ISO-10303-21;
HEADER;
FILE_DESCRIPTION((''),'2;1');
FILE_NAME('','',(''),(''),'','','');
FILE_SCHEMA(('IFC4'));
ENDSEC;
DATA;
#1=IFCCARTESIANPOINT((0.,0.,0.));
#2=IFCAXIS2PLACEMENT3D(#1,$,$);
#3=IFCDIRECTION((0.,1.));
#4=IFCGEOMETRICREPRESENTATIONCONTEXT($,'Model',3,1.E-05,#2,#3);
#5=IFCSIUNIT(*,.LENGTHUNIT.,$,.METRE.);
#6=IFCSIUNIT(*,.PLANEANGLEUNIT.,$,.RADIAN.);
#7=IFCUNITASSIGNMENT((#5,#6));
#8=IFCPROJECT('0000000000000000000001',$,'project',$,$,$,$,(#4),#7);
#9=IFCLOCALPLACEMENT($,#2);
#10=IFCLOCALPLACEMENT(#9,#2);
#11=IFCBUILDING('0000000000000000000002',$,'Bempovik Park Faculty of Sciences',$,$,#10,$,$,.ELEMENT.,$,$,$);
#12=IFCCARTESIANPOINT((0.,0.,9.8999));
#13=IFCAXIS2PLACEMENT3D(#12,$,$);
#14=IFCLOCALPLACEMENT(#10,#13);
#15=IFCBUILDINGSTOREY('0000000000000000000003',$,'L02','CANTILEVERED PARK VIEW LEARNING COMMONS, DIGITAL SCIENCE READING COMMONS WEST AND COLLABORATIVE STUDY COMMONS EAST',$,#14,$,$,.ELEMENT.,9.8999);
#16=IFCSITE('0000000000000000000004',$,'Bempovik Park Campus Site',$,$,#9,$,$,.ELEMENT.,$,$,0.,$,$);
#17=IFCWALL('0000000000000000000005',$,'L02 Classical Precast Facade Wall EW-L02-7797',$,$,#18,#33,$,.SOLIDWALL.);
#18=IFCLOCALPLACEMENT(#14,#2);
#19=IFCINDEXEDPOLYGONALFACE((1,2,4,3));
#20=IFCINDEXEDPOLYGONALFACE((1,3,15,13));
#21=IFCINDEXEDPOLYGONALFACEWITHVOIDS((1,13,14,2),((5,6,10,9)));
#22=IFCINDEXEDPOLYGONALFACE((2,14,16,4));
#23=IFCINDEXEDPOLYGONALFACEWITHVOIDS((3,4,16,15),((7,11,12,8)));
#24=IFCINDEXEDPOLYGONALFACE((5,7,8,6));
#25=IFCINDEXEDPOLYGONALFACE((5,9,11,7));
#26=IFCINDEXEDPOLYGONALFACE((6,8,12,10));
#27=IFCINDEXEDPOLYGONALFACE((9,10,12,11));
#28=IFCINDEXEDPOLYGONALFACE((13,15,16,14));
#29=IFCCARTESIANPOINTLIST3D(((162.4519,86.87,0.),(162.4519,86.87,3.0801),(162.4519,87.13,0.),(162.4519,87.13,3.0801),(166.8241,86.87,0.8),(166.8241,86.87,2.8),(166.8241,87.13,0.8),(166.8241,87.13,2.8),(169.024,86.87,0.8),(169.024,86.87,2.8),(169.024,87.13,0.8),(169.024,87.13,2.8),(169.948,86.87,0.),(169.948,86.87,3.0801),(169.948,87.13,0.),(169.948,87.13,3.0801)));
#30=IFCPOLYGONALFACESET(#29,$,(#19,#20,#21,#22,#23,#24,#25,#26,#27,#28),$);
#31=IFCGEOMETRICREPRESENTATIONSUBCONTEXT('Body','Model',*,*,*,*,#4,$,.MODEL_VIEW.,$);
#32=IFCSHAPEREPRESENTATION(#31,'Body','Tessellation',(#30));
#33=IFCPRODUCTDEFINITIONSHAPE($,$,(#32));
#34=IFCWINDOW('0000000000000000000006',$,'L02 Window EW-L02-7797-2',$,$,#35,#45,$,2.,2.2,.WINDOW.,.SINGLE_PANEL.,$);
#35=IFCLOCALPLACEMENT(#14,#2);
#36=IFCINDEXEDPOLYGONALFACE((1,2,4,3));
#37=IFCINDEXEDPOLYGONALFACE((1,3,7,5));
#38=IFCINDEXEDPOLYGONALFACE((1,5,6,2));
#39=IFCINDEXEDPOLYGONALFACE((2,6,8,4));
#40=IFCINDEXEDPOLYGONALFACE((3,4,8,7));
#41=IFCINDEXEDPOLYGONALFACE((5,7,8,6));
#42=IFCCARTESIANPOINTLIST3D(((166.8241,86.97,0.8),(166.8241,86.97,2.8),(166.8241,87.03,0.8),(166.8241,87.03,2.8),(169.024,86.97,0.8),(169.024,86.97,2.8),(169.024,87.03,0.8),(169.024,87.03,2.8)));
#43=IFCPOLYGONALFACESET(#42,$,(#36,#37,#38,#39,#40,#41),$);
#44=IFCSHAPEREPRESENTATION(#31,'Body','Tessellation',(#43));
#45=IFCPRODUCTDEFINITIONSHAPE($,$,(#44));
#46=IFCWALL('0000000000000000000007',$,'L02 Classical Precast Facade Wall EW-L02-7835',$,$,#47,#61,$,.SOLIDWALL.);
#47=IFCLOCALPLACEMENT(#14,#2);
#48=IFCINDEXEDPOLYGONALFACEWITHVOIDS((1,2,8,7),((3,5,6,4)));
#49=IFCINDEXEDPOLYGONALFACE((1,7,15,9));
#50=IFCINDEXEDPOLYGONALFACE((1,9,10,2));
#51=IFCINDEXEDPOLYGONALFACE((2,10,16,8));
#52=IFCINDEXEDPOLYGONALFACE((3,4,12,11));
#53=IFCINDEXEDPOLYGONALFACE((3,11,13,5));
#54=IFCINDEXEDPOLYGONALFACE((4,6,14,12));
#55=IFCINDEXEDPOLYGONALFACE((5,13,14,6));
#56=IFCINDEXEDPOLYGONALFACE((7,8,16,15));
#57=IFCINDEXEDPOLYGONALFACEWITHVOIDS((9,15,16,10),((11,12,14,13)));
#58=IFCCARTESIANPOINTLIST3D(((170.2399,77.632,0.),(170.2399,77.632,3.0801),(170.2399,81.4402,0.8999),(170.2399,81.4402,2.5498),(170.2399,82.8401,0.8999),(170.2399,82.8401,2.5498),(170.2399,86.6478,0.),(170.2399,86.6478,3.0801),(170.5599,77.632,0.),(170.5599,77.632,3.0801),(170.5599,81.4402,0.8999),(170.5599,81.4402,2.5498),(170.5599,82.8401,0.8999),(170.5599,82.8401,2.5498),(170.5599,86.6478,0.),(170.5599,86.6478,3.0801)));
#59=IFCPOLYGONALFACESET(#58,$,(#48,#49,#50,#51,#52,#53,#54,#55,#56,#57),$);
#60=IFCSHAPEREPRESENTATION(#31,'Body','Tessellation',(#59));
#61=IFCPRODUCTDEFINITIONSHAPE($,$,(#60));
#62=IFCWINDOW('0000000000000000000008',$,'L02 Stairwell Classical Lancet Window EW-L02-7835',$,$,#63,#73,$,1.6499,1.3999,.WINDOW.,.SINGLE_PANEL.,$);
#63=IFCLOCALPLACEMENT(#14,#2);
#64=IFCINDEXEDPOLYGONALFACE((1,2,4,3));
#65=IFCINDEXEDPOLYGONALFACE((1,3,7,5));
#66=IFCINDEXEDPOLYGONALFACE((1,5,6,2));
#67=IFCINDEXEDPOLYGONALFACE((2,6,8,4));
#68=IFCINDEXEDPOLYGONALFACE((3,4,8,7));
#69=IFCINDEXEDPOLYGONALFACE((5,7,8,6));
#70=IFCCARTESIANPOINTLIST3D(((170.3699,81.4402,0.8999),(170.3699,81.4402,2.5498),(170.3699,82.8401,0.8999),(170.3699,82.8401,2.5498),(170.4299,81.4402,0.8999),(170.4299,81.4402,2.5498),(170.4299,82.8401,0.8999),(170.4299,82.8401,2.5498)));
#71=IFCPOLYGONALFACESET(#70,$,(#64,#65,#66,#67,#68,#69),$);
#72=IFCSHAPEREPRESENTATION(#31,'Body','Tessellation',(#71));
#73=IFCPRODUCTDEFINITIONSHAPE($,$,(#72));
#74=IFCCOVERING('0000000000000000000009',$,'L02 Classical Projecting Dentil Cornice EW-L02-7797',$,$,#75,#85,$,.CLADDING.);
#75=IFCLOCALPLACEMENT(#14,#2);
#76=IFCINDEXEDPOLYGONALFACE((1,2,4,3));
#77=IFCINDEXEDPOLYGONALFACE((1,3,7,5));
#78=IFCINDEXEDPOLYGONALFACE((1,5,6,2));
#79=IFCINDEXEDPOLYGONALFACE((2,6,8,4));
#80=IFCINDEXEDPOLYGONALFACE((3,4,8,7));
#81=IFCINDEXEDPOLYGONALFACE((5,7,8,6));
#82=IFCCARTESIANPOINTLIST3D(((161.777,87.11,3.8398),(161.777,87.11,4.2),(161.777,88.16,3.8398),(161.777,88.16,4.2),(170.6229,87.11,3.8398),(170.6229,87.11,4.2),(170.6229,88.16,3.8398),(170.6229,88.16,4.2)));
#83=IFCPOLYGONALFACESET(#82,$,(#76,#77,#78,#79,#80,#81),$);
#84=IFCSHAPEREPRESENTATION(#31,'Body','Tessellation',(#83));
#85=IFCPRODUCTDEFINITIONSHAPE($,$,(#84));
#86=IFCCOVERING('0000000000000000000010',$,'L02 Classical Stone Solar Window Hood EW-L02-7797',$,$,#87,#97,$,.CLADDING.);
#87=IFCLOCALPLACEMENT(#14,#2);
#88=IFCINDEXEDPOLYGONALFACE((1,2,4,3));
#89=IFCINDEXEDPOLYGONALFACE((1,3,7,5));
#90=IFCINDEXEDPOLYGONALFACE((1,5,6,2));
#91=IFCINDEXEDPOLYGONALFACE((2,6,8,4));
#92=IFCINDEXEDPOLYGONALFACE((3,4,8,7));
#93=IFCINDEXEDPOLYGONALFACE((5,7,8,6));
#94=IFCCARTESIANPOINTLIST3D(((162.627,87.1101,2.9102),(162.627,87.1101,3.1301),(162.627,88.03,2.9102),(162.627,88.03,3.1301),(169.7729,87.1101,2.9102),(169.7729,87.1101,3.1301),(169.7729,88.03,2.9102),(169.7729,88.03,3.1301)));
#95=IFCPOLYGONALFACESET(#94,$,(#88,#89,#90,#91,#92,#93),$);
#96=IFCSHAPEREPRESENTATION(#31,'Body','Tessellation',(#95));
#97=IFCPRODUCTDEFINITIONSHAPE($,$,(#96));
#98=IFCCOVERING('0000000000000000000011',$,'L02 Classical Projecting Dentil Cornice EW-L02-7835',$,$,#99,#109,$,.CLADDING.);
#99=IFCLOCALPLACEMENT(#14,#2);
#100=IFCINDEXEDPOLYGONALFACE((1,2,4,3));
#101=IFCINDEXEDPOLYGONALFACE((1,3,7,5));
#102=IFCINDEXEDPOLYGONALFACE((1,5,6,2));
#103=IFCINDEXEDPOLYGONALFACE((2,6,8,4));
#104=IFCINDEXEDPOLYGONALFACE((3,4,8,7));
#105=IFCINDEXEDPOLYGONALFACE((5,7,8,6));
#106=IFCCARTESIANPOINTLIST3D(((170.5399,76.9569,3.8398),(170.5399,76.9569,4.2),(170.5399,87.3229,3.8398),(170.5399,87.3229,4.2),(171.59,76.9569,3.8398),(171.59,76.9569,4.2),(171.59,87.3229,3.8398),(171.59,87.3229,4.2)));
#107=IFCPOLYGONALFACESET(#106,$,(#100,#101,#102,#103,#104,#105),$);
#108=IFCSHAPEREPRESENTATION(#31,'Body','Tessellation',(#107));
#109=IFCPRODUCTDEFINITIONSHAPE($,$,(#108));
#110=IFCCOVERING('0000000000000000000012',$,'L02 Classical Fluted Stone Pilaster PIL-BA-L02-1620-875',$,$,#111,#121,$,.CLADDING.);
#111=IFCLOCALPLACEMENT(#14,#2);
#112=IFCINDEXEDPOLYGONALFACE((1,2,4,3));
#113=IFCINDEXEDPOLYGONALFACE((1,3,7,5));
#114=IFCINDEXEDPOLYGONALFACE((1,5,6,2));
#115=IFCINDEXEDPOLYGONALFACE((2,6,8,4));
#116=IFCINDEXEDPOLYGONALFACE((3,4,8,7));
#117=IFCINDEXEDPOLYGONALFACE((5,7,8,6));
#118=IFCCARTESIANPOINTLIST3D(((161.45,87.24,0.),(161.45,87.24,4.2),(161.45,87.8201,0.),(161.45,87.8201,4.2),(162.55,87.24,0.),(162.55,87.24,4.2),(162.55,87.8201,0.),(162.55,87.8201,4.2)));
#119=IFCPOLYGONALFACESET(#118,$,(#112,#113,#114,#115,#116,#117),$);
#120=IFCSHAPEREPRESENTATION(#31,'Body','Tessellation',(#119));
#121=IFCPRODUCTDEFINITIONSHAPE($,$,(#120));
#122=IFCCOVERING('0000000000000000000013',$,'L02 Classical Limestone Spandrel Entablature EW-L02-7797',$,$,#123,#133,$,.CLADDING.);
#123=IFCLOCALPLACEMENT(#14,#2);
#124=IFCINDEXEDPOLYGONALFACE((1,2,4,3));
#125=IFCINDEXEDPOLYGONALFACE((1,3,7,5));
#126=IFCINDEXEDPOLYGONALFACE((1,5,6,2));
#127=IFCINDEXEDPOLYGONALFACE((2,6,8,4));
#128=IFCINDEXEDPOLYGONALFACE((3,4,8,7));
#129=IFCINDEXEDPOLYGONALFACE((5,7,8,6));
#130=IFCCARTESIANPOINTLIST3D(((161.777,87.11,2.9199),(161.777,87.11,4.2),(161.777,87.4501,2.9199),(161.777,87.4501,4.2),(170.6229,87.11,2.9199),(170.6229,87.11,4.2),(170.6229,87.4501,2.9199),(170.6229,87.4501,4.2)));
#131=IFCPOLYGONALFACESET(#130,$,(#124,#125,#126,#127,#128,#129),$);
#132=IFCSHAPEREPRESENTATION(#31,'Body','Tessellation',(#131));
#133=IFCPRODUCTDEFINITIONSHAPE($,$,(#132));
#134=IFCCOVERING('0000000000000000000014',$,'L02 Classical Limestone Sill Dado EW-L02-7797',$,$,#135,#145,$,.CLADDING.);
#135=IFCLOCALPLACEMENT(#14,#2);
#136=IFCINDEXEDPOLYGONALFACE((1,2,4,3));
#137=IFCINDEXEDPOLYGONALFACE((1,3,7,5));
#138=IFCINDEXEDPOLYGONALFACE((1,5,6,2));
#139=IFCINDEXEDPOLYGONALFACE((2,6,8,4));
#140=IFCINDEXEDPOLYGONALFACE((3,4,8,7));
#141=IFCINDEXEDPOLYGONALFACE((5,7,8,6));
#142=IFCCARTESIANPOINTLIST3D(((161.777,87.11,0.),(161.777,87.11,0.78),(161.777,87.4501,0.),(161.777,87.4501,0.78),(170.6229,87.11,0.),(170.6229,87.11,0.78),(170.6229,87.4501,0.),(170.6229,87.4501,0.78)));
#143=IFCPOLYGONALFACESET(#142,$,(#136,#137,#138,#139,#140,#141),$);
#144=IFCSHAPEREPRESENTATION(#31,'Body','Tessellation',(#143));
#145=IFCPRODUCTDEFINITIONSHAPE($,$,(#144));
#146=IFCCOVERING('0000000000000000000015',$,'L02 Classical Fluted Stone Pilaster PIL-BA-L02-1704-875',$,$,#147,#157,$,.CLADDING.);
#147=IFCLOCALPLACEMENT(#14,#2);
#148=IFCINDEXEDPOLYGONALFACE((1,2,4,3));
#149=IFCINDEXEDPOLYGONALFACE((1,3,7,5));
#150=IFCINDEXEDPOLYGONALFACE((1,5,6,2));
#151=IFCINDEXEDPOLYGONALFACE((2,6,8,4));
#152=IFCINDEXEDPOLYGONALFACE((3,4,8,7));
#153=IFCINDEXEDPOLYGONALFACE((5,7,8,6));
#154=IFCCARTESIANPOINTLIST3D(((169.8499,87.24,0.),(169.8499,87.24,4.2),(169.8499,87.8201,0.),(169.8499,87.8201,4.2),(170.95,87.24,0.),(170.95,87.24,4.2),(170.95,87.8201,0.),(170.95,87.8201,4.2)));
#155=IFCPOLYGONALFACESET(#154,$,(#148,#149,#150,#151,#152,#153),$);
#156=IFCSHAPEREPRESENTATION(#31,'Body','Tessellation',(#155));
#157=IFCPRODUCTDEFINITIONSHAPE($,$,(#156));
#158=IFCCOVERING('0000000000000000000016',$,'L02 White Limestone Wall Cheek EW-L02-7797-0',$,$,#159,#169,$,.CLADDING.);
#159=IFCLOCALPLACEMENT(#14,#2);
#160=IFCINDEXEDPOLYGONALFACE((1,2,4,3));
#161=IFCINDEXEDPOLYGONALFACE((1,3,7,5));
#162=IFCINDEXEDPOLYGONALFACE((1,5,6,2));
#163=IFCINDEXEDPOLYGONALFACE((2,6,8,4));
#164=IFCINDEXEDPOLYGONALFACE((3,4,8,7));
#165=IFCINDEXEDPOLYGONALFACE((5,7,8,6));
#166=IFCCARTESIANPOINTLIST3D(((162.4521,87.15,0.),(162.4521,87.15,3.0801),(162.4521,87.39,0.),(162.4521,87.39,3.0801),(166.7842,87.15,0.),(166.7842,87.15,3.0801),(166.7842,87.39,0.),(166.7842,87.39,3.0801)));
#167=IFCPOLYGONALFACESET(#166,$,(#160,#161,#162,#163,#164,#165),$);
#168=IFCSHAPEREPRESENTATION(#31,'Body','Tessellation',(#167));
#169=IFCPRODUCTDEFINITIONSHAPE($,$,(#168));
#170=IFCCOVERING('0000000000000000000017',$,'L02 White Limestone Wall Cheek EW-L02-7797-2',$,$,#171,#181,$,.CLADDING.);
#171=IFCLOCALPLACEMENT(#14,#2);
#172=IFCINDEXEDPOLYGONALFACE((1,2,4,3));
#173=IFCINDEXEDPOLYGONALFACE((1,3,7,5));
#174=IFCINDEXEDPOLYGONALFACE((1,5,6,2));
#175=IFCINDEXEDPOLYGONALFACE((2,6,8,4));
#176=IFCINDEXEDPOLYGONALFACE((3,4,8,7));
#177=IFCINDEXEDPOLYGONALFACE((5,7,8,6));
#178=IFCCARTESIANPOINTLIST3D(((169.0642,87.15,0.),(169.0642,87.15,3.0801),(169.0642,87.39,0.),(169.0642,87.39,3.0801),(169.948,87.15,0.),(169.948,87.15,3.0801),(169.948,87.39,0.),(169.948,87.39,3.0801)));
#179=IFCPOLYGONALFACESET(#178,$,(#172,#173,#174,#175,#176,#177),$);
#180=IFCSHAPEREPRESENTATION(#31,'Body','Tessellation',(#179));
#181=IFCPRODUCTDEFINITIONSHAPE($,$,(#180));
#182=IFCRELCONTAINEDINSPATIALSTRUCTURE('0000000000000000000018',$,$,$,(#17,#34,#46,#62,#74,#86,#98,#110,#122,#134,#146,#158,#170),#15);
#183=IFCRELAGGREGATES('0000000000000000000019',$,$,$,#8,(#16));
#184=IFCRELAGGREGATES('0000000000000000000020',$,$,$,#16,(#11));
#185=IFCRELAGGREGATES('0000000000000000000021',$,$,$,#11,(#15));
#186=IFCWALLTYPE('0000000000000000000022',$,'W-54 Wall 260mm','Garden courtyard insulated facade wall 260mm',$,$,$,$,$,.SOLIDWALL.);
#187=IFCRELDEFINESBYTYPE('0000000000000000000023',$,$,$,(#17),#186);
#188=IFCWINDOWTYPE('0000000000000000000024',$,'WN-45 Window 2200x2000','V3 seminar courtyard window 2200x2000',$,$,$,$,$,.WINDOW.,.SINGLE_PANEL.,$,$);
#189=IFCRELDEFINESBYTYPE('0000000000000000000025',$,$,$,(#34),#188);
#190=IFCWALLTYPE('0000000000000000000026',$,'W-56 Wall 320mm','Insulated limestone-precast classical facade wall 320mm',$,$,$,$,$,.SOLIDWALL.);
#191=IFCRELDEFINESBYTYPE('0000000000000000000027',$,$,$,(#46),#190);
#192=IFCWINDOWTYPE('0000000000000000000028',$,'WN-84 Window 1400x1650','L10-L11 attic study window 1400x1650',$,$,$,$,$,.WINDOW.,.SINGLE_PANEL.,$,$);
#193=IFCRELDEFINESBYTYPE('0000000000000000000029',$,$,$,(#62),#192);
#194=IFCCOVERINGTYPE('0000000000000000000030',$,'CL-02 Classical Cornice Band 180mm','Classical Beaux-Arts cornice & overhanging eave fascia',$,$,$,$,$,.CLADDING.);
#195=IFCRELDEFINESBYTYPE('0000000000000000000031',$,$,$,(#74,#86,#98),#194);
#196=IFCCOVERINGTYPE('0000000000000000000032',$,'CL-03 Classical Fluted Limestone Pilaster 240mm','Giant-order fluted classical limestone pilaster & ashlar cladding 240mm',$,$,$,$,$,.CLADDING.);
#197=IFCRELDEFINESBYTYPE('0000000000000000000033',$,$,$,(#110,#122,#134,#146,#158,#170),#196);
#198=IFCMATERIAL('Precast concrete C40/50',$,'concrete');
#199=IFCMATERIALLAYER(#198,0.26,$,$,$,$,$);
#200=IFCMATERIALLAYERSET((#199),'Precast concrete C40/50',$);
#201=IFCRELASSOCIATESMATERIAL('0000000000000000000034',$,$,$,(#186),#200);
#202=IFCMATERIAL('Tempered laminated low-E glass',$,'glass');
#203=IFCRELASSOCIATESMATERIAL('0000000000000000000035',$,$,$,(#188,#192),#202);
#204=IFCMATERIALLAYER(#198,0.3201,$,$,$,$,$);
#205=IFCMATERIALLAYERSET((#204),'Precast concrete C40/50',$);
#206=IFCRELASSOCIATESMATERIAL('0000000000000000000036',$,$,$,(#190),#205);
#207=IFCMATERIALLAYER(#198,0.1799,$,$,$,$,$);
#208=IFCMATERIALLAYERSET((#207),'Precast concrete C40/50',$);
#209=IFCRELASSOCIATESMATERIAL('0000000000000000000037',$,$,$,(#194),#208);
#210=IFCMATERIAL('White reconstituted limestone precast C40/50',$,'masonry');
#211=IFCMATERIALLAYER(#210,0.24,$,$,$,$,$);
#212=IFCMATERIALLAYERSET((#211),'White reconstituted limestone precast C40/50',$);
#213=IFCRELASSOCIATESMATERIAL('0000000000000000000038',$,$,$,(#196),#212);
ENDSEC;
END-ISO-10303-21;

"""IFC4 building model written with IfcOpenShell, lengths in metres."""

from ifc_helpers import new_model, si_unit, direction, frame, frame_2d, origin, origin_2d, place, context, subcontext, project, spatial, rectangle, extrude, material, layer, layer_set, type_object, element, fill, save


model = new_model("IFC4")

# Units and contexts
model_context = context("Model", 3, precision=1e-05, world=origin(), true_north=direction((0.0, 1.0)))
body_context = subcontext(model_context, "Body", "Model", "MODEL_VIEW")
ifc_project = project(units=[si_unit("LENGTHUNIT", "METRE"), si_unit("PLANEANGLEUNIT", "RADIAN")], contexts=[model_context])

# Site, building, storey
site_placement = place(None, origin())
site = spatial("IfcSite", under=ifc_project, at=site_placement, Name="Bempovik Park Campus Site", CompositionType="ELEMENT", RefElevation=0.0)
building_placement = place(site_placement, origin())
building = spatial("IfcBuilding", under=site, at=building_placement, Name="Bempovik Park Faculty of Sciences", CompositionType="ELEMENT")
storey_placement = place(building_placement, frame((0.0, 0.0, 9.8999)))
storey = spatial("IfcBuildingStorey", under=building, at=storey_placement, Name="L02", Description="CANTILEVERED PARK VIEW LEARNING COMMONS, DIGITAL SCIENCE READING COMMONS WEST AND COLLABORATIVE STUDY COMMONS EAST", CompositionType="ELEMENT", Elevation=9.8999)

# Walls, openings, windows
ifc_material_1 = material(Name="Precast concrete C40/50", Category="concrete")
ifc_layer_1 = layer(ifc_material_1, 0.26)
ifc_layer_set_1 = layer_set([ifc_layer_1], Name="Precast concrete C40/50")
wall_type_1 = type_object("IfcWallType", Name="W-54 Wall 260mm", Description="Garden courtyard insulated facade wall 260mm", PredefinedType="SOLIDWALL", material=ifc_layer_set_1)
wall_1_placement = place(storey_placement, frame((162.4519, 87.0, 0.0), z_axis=(0.0, 0.0, 1.0), x_axis=(1.0, 0.0, 0.0)))
wall_1 = element("IfcWall", 1, at=wall_1_placement, inside=storey, type_object=wall_type_1, Name="L02 Classical Precast Facade Wall EW-L02-7797", PredefinedType="SOLIDWALL", context=body_context, shape_type="SweptSolid", body=[
    extrude(rectangle(XDim=7.4961, YDim=0.26, at=frame_2d((3.748, 0.0))), origin(), (0.0, 0.0, 1.0), 3.0801),
])
opening_1_placement = place(wall_1_placement, frame((4.3721, 0.0, 0.8)))
opening_1 = element("IfcOpeningElement", 2, at=opening_1_placement, cuts=wall_1, PredefinedType="OPENING", context=body_context, shape_type="SweptSolid", body=[
    extrude(rectangle(XDim=2.2, YDim=2.0, at=frame_2d((1.1001, 1.0))), frame((0.0, 0.1401, 0.0), z_axis=(0.0, -1.0, 0.0), x_axis=(1.0, 0.0, 0.0)), (0.0, 0.0, 1.0), 0.28),
])
ifc_material_2 = material(Name="Tempered laminated low-E glass", Category="glass")
window_type_1 = type_object("IfcWindowType", Name="WN-45 Window 2200x2000", Description="V3 seminar courtyard window 2200x2000", PartitioningType="SINGLE_PANEL", PredefinedType="WINDOW", material=ifc_material_2)
window_1_placement = place(opening_1_placement, origin())
window_1 = element("IfcWindow", 3, at=window_1_placement, inside=storey, type_object=window_type_1, Name="L02 Window EW-L02-7797-2", OverallHeight=2.0, OverallWidth=2.2, PartitioningType="SINGLE_PANEL", PredefinedType="WINDOW", context=body_context, shape_type="SweptSolid", body=[
    extrude(rectangle(XDim=2.2, YDim=2.0, at=frame_2d((1.1001, 1.0))), frame((0.0, 0.03, 0.0), z_axis=(0.0, -1.0, 0.0), x_axis=(1.0, 0.0, 0.0)), (0.0, 0.0, 1.0), 0.0601),
])
fill(opening_1, window_1)
ifc_layer_2 = layer(ifc_material_1, 0.3201)
ifc_layer_set_2 = layer_set([ifc_layer_2], Name="Precast concrete C40/50")
wall_type_2 = type_object("IfcWallType", Name="W-56 Wall 320mm", Description="Insulated limestone-precast classical facade wall 320mm", PredefinedType="SOLIDWALL", material=ifc_layer_set_2)
wall_2_placement = place(storey_placement, frame((170.3999, 77.6321, 0.0), z_axis=(0.0, 0.0, 1.0), x_axis=(0.0, 1.0, 0.0)))
wall_2 = element("IfcWall", 4, at=wall_2_placement, inside=storey, type_object=wall_type_2, Name="L02 Classical Precast Facade Wall EW-L02-7835", PredefinedType="SOLIDWALL", context=body_context, shape_type="SweptSolid", body=[
    extrude(rectangle(XDim=9.0159, YDim=0.3201, at=frame_2d((4.5078, 0.0))), origin(), (0.0, 0.0, 1.0), 3.0801),
])
opening_2_placement = place(wall_2_placement, frame((3.8081, 0.0, 0.8999)))
opening_2 = element("IfcOpeningElement", 5, at=opening_2_placement, cuts=wall_2, PredefinedType="OPENING", context=body_context, shape_type="SweptSolid", body=[
    extrude(rectangle(XDim=1.3999, YDim=1.6499, at=frame_2d((0.7, 0.825))), frame((0.0, 0.1699, 0.0), z_axis=(0.0, -1.0, 0.0), x_axis=(1.0, 0.0, 0.0)), (0.0, 0.0, 1.0), 0.3401),
])
window_type_2 = type_object("IfcWindowType", Name="WN-84 Window 1400x1650", Description="L10-L11 attic study window 1400x1650", PartitioningType="SINGLE_PANEL", PredefinedType="WINDOW", material=ifc_material_2)
window_2_placement = place(opening_2_placement, origin())
window_2 = element("IfcWindow", 6, at=window_2_placement, inside=storey, type_object=window_type_2, Name="L02 Stairwell Classical Lancet Window EW-L02-7835", OverallHeight=1.6499, OverallWidth=1.3999, PartitioningType="SINGLE_PANEL", PredefinedType="WINDOW", context=body_context, shape_type="SweptSolid", body=[
    extrude(rectangle(XDim=1.3999, YDim=1.6499, at=frame_2d((0.7, 0.825))), frame((0.0, 0.03, 0.0), z_axis=(0.0, -1.0, 0.0), x_axis=(1.0, 0.0, 0.0)), (0.0, 0.0, 1.0), 0.0601),
])
fill(opening_2, window_2)

# Coverings
ifc_layer_3 = layer(ifc_material_1, 0.1799)
ifc_layer_set_3 = layer_set([ifc_layer_3], Name="Precast concrete C40/50")
covering_type_1 = type_object("IfcCoveringType", Name="CL-02 Classical Cornice Band 180mm", Description="Classical Beaux-Arts cornice & overhanging eave fascia", PredefinedType="CLADDING", material=ifc_layer_set_3)
covering_1_placement = place(storey_placement, frame((166.2, 87.635, 3.8398), z_axis=(0.0, 0.0, 1.0), x_axis=(1.0, 0.0, 0.0)))
element("IfcCovering", 7, at=covering_1_placement, inside=storey, type_object=covering_type_1, Name="L02 Classical Projecting Dentil Cornice EW-L02-7797", PredefinedType="CLADDING", context=body_context, shape_type="SweptSolid", body=[
    extrude(rectangle(XDim=8.8459, YDim=1.05, at=origin_2d()), origin(), (0.0, 0.0, 1.0), 0.3601),
])
covering_2_placement = place(storey_placement, frame((166.2, 87.5701, 2.9102), z_axis=(0.0, 0.0, 1.0), x_axis=(1.0, 0.0, 0.0)))
element("IfcCovering", 8, at=covering_2_placement, inside=storey, type_object=covering_type_1, Name="L02 Classical Stone Solar Window Hood EW-L02-7797", PredefinedType="CLADDING", context=body_context, shape_type="SweptSolid", body=[
    extrude(rectangle(XDim=7.146, YDim=0.9199, at=origin_2d()), origin(), (0.0, 0.0, 1.0), 0.22),
])
covering_3_placement = place(storey_placement, frame((171.0649, 82.1399, 3.8398), z_axis=(0.0, 0.0, 1.0), x_axis=(1.0, 0.0, 0.0)))
element("IfcCovering", 9, at=covering_3_placement, inside=storey, type_object=covering_type_1, Name="L02 Classical Projecting Dentil Cornice EW-L02-7835", PredefinedType="CLADDING", context=body_context, shape_type="SweptSolid", body=[
    extrude(rectangle(XDim=1.05, YDim=10.366, at=origin_2d()), origin(), (0.0, 0.0, 1.0), 0.3601),
])
ifc_material_3 = material(Name="White reconstituted limestone precast C40/50", Category="masonry")
ifc_layer_4 = layer(ifc_material_3, 0.24)
ifc_layer_set_4 = layer_set([ifc_layer_4], Name="White reconstituted limestone precast C40/50")
covering_type_2 = type_object("IfcCoveringType", Name="CL-03 Classical Fluted Limestone Pilaster 240mm", Description="Giant-order fluted classical limestone pilaster & ashlar cladding 240mm", PredefinedType="CLADDING", material=ifc_layer_set_4)
covering_4_placement = place(storey_placement, frame((162.0, 87.53, 0.0), z_axis=(0.0, 0.0, 1.0), x_axis=(1.0, 0.0, 0.0)))
element("IfcCovering", 10, at=covering_4_placement, inside=storey, type_object=covering_type_2, Name="L02 Classical Fluted Stone Pilaster PIL-BA-L02-1620-875", PredefinedType="CLADDING", context=body_context, shape_type="SweptSolid", body=[
    extrude(rectangle(XDim=1.1001, YDim=0.5801, at=origin_2d()), origin(), (0.0, 0.0, 1.0), 4.2),
])
covering_5_placement = place(storey_placement, frame((166.2, 87.28, 2.9199), z_axis=(0.0, 0.0, 1.0), x_axis=(1.0, 0.0, 0.0)))
element("IfcCovering", 11, at=covering_5_placement, inside=storey, type_object=covering_type_2, Name="L02 Classical Limestone Spandrel Entablature EW-L02-7797", PredefinedType="CLADDING", context=body_context, shape_type="SweptSolid", body=[
    extrude(rectangle(XDim=8.8459, YDim=0.3401, at=origin_2d()), origin(), (0.0, 0.0, 1.0), 1.28),
])
covering_6_placement = place(storey_placement, frame((166.2, 87.28, 0.0), z_axis=(0.0, 0.0, 1.0), x_axis=(1.0, 0.0, 0.0)))
element("IfcCovering", 12, at=covering_6_placement, inside=storey, type_object=covering_type_2, Name="L02 Classical Limestone Sill Dado EW-L02-7797", PredefinedType="CLADDING", context=body_context, shape_type="SweptSolid", body=[
    extrude(rectangle(XDim=8.8459, YDim=0.3401, at=origin_2d()), origin(), (0.0, 0.0, 1.0), 0.78),
])
covering_7_placement = place(storey_placement, frame((170.3999, 87.53, 0.0), z_axis=(0.0, 0.0, 1.0), x_axis=(1.0, 0.0, 0.0)))
element("IfcCovering", 13, at=covering_7_placement, inside=storey, type_object=covering_type_2, Name="L02 Classical Fluted Stone Pilaster PIL-BA-L02-1704-875", PredefinedType="CLADDING", context=body_context, shape_type="SweptSolid", body=[
    extrude(rectangle(XDim=1.1001, YDim=0.5801, at=origin_2d()), origin(), (0.0, 0.0, 1.0), 4.2),
])
covering_8_placement = place(storey_placement, frame((164.6182, 87.27, 0.0), z_axis=(0.0, 0.0, 1.0), x_axis=(1.0, 0.0, 0.0)))
element("IfcCovering", 14, at=covering_8_placement, inside=storey, type_object=covering_type_2, Name="L02 White Limestone Wall Cheek EW-L02-7797-0", PredefinedType="CLADDING", context=body_context, shape_type="SweptSolid", body=[
    extrude(rectangle(XDim=4.332, YDim=0.24, at=origin_2d()), origin(), (0.0, 0.0, 1.0), 3.0801),
])
covering_9_placement = place(storey_placement, frame((169.5061, 87.27, 0.0), z_axis=(0.0, 0.0, 1.0), x_axis=(1.0, 0.0, 0.0)))
element("IfcCovering", 15, at=covering_9_placement, inside=storey, type_object=covering_type_2, Name="L02 White Limestone Wall Cheek EW-L02-7797-2", PredefinedType="CLADDING", context=body_context, shape_type="SweptSolid", body=[
    extrude(rectangle(XDim=0.8838, YDim=0.24, at=origin_2d()), origin(), (0.0, 0.0, 1.0), 3.0801),
])

save(model, "model.ifc")
